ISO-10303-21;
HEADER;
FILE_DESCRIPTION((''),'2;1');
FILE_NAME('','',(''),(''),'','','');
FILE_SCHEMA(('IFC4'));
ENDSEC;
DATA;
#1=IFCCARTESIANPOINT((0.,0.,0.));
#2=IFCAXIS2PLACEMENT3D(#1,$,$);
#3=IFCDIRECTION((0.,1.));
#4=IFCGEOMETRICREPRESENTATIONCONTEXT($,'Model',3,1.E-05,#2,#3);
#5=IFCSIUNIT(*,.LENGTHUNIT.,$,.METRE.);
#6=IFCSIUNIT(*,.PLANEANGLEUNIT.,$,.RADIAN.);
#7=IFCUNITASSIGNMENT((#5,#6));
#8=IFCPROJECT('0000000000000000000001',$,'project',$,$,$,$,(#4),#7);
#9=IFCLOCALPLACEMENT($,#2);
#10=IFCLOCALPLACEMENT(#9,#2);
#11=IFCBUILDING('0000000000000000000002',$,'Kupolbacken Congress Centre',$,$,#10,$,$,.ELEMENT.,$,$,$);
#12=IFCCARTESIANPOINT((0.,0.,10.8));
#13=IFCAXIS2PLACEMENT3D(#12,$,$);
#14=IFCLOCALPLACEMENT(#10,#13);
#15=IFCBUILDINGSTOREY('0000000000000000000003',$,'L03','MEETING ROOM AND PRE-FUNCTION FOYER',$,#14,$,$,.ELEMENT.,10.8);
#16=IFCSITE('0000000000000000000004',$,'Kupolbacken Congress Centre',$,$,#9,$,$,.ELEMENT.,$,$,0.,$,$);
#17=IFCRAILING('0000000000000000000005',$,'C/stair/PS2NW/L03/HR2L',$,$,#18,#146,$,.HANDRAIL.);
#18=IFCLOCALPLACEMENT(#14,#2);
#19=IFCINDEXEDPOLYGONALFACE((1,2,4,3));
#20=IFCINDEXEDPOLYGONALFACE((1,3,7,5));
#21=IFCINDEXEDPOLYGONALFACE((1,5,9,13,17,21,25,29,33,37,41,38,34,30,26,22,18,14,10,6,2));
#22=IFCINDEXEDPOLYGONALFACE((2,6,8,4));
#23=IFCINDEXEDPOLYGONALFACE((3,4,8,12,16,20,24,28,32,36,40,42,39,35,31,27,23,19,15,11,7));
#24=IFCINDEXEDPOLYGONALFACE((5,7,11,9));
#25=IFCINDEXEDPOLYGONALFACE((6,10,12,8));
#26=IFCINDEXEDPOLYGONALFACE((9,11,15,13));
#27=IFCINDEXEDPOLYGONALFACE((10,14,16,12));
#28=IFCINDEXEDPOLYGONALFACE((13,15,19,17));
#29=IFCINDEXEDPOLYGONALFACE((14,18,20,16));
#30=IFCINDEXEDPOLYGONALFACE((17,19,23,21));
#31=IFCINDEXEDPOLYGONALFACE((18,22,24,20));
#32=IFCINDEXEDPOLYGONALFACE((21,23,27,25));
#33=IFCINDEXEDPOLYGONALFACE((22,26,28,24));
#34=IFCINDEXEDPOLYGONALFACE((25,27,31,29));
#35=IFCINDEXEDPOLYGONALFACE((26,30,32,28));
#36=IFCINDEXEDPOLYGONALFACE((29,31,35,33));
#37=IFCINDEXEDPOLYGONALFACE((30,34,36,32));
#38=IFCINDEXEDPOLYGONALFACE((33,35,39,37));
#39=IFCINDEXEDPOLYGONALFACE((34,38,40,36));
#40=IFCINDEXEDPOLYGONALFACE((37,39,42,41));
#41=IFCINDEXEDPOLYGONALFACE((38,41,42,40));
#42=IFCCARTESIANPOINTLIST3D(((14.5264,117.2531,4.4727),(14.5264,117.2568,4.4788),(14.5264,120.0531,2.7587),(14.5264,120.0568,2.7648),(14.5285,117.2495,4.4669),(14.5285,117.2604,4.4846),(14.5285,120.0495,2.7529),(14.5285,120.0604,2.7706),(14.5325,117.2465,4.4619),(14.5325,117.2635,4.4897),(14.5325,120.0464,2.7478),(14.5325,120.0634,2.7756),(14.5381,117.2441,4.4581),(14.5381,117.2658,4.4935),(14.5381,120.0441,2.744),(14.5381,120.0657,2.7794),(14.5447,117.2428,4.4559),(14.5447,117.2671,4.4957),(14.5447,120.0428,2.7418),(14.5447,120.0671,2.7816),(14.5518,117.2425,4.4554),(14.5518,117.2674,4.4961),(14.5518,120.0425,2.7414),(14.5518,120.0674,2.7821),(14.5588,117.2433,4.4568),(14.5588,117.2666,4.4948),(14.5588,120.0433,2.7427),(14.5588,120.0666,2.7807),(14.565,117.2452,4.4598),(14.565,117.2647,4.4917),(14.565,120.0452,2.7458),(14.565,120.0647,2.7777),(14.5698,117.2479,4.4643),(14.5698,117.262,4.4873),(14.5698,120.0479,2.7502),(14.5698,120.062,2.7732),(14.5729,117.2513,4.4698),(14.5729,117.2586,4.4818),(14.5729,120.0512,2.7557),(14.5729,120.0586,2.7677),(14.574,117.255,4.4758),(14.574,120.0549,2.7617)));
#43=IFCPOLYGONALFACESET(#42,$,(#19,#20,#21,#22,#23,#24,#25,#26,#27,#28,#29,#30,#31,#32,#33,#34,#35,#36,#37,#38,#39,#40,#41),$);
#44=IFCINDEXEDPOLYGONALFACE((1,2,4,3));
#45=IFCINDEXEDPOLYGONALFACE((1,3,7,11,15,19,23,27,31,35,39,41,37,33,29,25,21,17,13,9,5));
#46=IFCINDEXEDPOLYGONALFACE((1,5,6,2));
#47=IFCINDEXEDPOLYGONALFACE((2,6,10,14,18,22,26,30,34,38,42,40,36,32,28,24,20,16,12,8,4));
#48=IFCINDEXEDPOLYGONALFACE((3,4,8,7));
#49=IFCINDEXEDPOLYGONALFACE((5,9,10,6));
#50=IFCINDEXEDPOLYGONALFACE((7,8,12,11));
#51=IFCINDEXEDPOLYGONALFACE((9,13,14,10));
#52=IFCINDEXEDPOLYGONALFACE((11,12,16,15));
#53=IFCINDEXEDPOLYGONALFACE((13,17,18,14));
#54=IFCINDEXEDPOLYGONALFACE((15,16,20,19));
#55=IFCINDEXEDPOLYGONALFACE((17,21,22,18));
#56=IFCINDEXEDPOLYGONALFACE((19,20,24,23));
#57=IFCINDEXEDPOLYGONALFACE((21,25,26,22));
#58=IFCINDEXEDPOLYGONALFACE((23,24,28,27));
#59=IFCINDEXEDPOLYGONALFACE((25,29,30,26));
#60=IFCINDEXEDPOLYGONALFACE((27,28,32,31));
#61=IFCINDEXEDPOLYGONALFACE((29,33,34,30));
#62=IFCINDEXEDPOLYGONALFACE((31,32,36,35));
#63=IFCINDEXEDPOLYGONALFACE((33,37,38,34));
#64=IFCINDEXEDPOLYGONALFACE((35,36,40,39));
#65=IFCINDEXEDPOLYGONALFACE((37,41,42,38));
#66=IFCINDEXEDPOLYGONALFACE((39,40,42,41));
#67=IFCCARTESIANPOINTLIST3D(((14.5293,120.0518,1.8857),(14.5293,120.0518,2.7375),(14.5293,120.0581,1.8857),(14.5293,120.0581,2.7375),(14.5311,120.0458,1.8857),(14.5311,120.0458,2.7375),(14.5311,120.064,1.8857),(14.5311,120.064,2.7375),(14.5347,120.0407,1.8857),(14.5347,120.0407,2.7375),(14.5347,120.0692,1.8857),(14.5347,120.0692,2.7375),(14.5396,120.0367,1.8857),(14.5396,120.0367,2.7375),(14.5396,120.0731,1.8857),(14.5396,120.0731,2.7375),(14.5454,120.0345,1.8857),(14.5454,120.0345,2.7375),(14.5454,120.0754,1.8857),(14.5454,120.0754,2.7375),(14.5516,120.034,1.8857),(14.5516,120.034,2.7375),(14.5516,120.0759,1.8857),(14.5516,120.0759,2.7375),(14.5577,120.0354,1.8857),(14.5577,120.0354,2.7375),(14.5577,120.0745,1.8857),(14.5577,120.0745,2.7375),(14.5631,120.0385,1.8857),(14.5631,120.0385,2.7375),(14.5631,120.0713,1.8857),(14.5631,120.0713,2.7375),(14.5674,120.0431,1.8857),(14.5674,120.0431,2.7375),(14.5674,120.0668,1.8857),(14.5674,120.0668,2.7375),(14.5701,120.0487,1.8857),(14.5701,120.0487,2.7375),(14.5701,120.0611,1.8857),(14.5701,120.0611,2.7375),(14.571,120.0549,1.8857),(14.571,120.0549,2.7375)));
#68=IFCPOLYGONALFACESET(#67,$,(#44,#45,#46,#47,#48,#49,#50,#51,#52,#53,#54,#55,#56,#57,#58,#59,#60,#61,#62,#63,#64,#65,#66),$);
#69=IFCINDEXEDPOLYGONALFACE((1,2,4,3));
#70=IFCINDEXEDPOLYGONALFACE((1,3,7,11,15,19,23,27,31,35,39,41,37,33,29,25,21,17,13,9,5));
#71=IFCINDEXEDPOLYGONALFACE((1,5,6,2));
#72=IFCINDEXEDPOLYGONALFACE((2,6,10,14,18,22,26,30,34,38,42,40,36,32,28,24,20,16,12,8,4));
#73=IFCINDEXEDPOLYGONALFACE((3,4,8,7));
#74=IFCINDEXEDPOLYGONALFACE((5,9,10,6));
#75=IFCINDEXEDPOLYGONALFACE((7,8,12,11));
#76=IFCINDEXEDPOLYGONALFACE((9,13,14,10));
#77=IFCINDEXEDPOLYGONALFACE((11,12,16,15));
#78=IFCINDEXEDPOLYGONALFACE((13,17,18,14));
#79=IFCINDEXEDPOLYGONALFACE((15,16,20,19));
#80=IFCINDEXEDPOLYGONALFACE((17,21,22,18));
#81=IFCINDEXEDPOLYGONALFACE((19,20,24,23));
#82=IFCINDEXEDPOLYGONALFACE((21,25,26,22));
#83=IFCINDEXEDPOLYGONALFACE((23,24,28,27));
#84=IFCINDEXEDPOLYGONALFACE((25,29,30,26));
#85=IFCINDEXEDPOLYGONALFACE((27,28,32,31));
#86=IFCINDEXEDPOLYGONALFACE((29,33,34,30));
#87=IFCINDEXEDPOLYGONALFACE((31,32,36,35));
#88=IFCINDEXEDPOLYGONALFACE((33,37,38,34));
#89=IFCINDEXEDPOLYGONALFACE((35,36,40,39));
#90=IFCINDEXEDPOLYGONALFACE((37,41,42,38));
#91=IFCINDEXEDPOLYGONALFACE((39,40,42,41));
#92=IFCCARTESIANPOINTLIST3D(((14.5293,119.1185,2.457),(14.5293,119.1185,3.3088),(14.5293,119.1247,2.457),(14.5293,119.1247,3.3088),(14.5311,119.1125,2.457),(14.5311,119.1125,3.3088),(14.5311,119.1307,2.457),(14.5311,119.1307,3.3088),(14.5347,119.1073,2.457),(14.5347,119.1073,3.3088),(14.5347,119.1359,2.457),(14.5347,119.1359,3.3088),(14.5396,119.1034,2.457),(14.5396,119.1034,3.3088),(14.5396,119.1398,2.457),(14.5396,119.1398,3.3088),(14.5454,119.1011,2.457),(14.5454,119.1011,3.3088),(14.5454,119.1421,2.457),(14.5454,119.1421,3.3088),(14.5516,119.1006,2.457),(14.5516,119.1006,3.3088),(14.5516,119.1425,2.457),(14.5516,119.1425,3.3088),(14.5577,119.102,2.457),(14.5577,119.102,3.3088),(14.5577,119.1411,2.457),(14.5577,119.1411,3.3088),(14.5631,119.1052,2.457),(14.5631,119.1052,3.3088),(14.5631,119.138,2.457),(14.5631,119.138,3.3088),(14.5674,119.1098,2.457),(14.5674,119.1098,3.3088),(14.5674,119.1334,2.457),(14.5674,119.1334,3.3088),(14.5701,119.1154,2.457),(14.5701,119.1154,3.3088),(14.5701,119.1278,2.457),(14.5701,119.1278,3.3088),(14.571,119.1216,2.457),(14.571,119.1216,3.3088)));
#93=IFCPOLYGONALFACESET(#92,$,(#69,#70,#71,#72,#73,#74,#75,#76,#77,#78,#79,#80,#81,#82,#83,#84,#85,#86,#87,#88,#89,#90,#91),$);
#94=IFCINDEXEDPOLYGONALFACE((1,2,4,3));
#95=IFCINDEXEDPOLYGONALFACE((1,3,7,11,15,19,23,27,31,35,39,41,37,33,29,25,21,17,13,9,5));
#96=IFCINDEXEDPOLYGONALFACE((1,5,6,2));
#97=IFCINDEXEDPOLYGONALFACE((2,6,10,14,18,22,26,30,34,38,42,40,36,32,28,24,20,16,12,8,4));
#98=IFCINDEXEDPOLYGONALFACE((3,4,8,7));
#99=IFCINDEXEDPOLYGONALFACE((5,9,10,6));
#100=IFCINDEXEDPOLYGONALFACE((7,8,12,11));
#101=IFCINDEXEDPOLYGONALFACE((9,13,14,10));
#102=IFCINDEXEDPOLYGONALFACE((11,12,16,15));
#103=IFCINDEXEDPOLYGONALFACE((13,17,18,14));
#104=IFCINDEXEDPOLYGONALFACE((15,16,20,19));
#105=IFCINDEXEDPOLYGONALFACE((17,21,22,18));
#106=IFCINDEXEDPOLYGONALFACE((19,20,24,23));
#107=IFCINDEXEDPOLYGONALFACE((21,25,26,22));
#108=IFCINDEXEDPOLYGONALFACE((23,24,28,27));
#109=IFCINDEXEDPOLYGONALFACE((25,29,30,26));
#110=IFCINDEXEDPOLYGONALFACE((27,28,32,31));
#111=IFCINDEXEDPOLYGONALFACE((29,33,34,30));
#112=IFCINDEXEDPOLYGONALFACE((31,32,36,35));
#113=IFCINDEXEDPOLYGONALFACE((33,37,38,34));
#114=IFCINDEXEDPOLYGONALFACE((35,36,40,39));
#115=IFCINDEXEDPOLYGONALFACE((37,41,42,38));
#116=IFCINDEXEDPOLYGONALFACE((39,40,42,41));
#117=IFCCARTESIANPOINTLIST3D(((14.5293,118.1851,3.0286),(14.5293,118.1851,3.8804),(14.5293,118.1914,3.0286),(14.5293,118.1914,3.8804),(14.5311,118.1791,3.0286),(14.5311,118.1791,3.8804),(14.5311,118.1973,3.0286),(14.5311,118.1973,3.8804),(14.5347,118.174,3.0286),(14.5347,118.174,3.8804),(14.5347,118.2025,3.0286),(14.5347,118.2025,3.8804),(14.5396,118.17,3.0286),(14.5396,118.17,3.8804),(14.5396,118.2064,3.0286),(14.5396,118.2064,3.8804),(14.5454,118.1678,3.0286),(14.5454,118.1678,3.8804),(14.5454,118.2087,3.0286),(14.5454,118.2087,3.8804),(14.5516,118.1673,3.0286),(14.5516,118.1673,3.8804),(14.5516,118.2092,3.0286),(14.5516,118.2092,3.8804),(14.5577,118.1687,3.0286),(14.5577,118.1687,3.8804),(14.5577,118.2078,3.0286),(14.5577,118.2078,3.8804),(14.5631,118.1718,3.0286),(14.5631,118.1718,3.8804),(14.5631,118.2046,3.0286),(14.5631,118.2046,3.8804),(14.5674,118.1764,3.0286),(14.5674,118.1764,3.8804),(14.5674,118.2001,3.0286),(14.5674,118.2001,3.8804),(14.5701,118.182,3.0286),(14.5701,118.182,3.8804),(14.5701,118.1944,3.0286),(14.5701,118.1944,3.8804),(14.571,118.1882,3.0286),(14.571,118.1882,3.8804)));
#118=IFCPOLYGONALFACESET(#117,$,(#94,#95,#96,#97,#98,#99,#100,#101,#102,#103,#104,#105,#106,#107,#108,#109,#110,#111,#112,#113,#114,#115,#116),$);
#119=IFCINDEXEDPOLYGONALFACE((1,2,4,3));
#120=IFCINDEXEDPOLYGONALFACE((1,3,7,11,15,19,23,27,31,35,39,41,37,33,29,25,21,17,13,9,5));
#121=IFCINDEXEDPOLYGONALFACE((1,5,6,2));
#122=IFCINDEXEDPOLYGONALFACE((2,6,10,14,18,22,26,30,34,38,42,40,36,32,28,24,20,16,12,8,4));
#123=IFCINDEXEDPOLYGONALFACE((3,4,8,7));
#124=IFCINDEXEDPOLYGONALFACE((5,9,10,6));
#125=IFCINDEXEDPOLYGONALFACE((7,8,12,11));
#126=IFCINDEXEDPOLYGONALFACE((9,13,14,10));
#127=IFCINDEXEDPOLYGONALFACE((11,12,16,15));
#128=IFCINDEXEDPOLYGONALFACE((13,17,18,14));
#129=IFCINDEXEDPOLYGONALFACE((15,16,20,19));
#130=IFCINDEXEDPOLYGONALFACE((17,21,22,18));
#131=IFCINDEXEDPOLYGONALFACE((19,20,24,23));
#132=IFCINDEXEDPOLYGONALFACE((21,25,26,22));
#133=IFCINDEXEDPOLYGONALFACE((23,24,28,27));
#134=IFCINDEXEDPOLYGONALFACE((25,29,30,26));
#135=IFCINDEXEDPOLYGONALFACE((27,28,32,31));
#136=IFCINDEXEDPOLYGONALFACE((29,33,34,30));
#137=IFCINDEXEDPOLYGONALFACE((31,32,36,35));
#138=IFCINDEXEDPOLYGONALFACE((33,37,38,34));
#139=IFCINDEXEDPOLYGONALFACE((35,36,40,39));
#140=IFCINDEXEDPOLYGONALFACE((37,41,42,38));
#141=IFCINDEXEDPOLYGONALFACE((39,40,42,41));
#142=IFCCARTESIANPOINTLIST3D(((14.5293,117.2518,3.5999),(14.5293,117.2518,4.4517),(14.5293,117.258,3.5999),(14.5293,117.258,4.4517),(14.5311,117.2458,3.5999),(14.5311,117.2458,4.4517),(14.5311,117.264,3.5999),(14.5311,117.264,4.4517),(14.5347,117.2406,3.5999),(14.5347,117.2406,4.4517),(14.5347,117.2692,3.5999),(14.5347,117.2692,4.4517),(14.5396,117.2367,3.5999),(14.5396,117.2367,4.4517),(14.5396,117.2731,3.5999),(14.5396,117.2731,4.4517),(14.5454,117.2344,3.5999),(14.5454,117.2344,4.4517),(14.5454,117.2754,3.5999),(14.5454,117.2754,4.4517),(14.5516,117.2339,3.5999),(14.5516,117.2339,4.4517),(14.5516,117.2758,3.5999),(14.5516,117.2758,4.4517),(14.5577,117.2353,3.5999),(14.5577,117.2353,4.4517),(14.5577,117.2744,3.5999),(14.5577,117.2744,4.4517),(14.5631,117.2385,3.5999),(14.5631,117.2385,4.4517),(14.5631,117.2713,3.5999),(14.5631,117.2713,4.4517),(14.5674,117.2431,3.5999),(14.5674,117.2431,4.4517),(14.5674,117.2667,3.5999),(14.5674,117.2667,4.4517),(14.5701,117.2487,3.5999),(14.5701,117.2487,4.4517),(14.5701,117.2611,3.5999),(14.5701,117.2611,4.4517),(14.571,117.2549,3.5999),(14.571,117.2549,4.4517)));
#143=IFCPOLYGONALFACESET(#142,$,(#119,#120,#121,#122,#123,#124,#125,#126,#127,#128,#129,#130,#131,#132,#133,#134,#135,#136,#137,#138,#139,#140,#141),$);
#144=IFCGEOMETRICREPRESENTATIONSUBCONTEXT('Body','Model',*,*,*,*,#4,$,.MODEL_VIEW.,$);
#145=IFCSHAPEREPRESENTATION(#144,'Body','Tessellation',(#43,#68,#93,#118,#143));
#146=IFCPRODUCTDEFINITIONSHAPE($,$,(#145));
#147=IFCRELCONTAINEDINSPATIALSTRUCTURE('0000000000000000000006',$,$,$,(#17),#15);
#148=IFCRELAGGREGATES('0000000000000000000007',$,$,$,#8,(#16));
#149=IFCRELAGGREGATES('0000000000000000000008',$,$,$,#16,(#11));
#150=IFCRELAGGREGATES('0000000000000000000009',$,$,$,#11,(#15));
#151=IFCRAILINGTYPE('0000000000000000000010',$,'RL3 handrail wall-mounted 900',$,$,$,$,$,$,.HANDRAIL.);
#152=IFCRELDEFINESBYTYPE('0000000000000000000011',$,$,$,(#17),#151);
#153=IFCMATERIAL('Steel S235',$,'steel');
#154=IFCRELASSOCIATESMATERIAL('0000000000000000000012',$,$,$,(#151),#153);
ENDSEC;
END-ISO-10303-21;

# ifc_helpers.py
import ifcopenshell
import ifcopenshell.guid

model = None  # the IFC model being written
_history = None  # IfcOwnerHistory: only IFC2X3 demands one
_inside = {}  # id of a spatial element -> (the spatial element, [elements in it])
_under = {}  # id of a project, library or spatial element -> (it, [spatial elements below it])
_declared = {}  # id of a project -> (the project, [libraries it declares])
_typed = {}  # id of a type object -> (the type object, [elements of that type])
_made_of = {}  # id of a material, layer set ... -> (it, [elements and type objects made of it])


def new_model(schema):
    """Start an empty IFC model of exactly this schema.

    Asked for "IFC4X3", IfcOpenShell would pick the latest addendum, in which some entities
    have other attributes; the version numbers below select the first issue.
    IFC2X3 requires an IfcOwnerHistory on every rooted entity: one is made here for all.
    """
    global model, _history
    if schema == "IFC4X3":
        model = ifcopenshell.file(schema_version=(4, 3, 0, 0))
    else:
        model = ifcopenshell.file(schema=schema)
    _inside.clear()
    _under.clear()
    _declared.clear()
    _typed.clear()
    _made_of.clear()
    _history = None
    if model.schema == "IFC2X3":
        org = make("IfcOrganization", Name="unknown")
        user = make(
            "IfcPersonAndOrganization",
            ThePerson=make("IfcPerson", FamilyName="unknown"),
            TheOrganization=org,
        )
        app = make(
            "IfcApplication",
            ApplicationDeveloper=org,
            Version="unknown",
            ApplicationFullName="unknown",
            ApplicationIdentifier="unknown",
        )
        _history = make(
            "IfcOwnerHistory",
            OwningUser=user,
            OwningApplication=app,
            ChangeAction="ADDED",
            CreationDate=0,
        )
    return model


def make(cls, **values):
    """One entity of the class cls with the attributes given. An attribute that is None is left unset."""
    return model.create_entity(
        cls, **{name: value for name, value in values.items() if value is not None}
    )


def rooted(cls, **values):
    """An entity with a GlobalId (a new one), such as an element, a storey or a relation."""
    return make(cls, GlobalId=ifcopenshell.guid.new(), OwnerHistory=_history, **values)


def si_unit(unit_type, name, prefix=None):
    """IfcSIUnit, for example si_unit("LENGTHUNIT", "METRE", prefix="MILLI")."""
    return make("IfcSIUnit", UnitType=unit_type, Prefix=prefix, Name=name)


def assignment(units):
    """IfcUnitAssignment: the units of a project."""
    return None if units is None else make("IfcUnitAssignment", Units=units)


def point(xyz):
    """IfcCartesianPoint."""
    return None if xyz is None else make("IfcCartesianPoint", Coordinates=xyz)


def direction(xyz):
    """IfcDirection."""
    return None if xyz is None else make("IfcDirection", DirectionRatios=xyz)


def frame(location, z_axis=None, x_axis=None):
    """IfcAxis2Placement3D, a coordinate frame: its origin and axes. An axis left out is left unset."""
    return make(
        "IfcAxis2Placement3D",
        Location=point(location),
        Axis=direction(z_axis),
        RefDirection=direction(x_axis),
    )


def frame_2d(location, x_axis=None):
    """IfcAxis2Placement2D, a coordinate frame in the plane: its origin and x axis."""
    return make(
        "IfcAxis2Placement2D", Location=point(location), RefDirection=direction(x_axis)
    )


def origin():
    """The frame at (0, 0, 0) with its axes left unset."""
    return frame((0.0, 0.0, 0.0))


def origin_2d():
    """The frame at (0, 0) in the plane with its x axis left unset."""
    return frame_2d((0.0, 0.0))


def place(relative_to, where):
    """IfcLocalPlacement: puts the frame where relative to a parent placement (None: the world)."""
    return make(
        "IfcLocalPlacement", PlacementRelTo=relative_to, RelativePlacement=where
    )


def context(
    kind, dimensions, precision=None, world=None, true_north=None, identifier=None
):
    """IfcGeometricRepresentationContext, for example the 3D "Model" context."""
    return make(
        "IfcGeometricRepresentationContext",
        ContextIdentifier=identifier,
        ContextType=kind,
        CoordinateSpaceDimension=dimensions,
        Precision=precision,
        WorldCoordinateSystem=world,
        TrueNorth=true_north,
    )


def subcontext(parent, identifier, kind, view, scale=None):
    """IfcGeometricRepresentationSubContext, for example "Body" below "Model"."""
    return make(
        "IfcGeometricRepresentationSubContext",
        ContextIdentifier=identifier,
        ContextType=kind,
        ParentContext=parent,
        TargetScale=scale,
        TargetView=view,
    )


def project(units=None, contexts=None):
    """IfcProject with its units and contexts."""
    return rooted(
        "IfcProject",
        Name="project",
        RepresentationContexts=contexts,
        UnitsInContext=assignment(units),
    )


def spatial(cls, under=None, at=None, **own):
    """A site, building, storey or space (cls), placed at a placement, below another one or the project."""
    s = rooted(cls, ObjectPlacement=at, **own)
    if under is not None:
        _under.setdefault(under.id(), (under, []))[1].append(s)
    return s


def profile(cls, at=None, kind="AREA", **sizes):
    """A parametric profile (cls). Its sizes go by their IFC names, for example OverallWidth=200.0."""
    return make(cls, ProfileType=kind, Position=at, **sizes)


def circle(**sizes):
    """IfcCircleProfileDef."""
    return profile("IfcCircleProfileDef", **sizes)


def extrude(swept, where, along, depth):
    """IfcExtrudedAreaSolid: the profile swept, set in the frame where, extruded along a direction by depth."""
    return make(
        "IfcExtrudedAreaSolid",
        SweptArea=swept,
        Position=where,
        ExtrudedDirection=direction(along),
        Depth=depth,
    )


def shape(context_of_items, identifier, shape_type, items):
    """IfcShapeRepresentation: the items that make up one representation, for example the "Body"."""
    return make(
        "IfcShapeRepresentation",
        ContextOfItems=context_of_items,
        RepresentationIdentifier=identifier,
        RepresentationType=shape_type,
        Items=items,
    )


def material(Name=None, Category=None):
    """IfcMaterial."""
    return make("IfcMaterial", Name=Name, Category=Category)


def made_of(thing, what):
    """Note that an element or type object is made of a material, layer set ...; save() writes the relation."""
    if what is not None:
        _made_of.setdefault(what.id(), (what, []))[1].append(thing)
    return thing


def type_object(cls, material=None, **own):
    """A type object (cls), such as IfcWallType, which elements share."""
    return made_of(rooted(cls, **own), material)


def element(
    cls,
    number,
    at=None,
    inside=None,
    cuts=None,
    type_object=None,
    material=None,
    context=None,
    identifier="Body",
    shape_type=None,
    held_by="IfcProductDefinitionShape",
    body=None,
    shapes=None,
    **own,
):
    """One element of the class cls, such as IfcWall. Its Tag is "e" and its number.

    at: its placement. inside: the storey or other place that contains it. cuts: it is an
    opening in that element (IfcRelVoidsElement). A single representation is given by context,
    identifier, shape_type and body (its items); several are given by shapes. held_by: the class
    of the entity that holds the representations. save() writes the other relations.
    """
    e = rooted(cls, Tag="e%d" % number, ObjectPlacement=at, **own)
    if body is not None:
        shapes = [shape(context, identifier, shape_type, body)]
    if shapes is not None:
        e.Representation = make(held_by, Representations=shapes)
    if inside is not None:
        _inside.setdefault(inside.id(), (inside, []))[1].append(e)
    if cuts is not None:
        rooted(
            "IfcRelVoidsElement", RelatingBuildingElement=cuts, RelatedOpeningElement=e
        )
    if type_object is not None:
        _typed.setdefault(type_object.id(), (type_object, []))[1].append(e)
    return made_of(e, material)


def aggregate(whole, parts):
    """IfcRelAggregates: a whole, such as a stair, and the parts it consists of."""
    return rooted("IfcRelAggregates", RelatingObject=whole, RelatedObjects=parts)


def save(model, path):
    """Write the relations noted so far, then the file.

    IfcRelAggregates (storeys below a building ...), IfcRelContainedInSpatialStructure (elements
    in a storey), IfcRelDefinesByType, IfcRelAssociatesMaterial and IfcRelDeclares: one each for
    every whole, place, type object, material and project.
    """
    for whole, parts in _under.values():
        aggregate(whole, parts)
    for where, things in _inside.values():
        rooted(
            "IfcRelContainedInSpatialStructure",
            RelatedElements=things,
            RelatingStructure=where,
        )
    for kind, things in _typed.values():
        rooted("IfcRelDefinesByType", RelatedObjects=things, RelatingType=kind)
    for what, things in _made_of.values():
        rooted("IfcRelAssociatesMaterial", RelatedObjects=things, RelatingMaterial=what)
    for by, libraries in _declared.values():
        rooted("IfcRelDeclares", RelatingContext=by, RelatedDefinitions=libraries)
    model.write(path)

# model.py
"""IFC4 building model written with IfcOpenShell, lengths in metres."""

from ifc_helpers import new_model, si_unit, direction, frame, origin, origin_2d, place, context, subcontext, project, spatial, circle, extrude, material, type_object, element, save


model = new_model("IFC4")

# Units and contexts
model_context = context("Model", 3, precision=1e-05, world=origin(), true_north=direction((0.0, 1.0)))
body_context = subcontext(model_context, "Body", "Model", "MODEL_VIEW")
ifc_project = project(units=[si_unit("LENGTHUNIT", "METRE"), si_unit("PLANEANGLEUNIT", "RADIAN")], contexts=[model_context])

# Site, building, storey
site_placement = place(None, origin())
site = spatial("IfcSite", under=ifc_project, at=site_placement, Name="Kupolbacken Congress Centre", CompositionType="ELEMENT", RefElevation=0.0)
building_placement = place(site_placement, origin())
building = spatial("IfcBuilding", under=site, at=building_placement, Name="Kupolbacken Congress Centre", CompositionType="ELEMENT")
storey_placement = place(building_placement, frame((0.0, 0.0, 10.8)))
storey = spatial("IfcBuildingStorey", under=building, at=storey_placement, Name="L03", Description="MEETING ROOM AND PRE-FUNCTION FOYER", CompositionType="ELEMENT", Elevation=10.8)

# Railing
ifc_material_1 = material(Name="Steel S235", Category="steel")
railing_type = type_object("IfcRailingType", Name="RL3 handrail wall-mounted 900", PredefinedType="HANDRAIL", material=ifc_material_1)
for number, where, name in (
    (1, (14.55, 120.0549, 1.8857), "C/stair/PS2NW/L03/HR2L"),
):
    element("IfcRailing", number, at=place(storey_placement, frame(where)), inside=storey, type_object=railing_type, Name=name, PredefinedType="HANDRAIL", context=body_context, shape_type="SweptSolid", body=[
        extrude(circle(Radius=0.0239, at=origin_2d()), frame((0.0, 0.0, 0.876), z_axis=(0.0, -0.852879, 0.522109), x_axis=(1.0, 0.0, 0.0)), (0.0, 0.0, 1.0), 3.283),
        extrude(circle(Radius=0.021, at=origin_2d()), origin(), (0.0, 0.0, 1.0), 0.8518),
        extrude(circle(Radius=0.021, at=origin_2d()), frame((0.0, -0.9333, 0.5713)), (0.0, 0.0, 1.0), 0.8518),
        extrude(circle(Radius=0.021, at=origin_2d()), frame((0.0, -1.8667, 1.1428)), (0.0, 0.0, 1.0), 0.8518),
        extrude(circle(Radius=0.021, at=origin_2d()), frame((0.0, -2.8, 1.7141)), (0.0, 0.0, 1.0), 0.8518),
    ])

save(model, "model.ifc")
